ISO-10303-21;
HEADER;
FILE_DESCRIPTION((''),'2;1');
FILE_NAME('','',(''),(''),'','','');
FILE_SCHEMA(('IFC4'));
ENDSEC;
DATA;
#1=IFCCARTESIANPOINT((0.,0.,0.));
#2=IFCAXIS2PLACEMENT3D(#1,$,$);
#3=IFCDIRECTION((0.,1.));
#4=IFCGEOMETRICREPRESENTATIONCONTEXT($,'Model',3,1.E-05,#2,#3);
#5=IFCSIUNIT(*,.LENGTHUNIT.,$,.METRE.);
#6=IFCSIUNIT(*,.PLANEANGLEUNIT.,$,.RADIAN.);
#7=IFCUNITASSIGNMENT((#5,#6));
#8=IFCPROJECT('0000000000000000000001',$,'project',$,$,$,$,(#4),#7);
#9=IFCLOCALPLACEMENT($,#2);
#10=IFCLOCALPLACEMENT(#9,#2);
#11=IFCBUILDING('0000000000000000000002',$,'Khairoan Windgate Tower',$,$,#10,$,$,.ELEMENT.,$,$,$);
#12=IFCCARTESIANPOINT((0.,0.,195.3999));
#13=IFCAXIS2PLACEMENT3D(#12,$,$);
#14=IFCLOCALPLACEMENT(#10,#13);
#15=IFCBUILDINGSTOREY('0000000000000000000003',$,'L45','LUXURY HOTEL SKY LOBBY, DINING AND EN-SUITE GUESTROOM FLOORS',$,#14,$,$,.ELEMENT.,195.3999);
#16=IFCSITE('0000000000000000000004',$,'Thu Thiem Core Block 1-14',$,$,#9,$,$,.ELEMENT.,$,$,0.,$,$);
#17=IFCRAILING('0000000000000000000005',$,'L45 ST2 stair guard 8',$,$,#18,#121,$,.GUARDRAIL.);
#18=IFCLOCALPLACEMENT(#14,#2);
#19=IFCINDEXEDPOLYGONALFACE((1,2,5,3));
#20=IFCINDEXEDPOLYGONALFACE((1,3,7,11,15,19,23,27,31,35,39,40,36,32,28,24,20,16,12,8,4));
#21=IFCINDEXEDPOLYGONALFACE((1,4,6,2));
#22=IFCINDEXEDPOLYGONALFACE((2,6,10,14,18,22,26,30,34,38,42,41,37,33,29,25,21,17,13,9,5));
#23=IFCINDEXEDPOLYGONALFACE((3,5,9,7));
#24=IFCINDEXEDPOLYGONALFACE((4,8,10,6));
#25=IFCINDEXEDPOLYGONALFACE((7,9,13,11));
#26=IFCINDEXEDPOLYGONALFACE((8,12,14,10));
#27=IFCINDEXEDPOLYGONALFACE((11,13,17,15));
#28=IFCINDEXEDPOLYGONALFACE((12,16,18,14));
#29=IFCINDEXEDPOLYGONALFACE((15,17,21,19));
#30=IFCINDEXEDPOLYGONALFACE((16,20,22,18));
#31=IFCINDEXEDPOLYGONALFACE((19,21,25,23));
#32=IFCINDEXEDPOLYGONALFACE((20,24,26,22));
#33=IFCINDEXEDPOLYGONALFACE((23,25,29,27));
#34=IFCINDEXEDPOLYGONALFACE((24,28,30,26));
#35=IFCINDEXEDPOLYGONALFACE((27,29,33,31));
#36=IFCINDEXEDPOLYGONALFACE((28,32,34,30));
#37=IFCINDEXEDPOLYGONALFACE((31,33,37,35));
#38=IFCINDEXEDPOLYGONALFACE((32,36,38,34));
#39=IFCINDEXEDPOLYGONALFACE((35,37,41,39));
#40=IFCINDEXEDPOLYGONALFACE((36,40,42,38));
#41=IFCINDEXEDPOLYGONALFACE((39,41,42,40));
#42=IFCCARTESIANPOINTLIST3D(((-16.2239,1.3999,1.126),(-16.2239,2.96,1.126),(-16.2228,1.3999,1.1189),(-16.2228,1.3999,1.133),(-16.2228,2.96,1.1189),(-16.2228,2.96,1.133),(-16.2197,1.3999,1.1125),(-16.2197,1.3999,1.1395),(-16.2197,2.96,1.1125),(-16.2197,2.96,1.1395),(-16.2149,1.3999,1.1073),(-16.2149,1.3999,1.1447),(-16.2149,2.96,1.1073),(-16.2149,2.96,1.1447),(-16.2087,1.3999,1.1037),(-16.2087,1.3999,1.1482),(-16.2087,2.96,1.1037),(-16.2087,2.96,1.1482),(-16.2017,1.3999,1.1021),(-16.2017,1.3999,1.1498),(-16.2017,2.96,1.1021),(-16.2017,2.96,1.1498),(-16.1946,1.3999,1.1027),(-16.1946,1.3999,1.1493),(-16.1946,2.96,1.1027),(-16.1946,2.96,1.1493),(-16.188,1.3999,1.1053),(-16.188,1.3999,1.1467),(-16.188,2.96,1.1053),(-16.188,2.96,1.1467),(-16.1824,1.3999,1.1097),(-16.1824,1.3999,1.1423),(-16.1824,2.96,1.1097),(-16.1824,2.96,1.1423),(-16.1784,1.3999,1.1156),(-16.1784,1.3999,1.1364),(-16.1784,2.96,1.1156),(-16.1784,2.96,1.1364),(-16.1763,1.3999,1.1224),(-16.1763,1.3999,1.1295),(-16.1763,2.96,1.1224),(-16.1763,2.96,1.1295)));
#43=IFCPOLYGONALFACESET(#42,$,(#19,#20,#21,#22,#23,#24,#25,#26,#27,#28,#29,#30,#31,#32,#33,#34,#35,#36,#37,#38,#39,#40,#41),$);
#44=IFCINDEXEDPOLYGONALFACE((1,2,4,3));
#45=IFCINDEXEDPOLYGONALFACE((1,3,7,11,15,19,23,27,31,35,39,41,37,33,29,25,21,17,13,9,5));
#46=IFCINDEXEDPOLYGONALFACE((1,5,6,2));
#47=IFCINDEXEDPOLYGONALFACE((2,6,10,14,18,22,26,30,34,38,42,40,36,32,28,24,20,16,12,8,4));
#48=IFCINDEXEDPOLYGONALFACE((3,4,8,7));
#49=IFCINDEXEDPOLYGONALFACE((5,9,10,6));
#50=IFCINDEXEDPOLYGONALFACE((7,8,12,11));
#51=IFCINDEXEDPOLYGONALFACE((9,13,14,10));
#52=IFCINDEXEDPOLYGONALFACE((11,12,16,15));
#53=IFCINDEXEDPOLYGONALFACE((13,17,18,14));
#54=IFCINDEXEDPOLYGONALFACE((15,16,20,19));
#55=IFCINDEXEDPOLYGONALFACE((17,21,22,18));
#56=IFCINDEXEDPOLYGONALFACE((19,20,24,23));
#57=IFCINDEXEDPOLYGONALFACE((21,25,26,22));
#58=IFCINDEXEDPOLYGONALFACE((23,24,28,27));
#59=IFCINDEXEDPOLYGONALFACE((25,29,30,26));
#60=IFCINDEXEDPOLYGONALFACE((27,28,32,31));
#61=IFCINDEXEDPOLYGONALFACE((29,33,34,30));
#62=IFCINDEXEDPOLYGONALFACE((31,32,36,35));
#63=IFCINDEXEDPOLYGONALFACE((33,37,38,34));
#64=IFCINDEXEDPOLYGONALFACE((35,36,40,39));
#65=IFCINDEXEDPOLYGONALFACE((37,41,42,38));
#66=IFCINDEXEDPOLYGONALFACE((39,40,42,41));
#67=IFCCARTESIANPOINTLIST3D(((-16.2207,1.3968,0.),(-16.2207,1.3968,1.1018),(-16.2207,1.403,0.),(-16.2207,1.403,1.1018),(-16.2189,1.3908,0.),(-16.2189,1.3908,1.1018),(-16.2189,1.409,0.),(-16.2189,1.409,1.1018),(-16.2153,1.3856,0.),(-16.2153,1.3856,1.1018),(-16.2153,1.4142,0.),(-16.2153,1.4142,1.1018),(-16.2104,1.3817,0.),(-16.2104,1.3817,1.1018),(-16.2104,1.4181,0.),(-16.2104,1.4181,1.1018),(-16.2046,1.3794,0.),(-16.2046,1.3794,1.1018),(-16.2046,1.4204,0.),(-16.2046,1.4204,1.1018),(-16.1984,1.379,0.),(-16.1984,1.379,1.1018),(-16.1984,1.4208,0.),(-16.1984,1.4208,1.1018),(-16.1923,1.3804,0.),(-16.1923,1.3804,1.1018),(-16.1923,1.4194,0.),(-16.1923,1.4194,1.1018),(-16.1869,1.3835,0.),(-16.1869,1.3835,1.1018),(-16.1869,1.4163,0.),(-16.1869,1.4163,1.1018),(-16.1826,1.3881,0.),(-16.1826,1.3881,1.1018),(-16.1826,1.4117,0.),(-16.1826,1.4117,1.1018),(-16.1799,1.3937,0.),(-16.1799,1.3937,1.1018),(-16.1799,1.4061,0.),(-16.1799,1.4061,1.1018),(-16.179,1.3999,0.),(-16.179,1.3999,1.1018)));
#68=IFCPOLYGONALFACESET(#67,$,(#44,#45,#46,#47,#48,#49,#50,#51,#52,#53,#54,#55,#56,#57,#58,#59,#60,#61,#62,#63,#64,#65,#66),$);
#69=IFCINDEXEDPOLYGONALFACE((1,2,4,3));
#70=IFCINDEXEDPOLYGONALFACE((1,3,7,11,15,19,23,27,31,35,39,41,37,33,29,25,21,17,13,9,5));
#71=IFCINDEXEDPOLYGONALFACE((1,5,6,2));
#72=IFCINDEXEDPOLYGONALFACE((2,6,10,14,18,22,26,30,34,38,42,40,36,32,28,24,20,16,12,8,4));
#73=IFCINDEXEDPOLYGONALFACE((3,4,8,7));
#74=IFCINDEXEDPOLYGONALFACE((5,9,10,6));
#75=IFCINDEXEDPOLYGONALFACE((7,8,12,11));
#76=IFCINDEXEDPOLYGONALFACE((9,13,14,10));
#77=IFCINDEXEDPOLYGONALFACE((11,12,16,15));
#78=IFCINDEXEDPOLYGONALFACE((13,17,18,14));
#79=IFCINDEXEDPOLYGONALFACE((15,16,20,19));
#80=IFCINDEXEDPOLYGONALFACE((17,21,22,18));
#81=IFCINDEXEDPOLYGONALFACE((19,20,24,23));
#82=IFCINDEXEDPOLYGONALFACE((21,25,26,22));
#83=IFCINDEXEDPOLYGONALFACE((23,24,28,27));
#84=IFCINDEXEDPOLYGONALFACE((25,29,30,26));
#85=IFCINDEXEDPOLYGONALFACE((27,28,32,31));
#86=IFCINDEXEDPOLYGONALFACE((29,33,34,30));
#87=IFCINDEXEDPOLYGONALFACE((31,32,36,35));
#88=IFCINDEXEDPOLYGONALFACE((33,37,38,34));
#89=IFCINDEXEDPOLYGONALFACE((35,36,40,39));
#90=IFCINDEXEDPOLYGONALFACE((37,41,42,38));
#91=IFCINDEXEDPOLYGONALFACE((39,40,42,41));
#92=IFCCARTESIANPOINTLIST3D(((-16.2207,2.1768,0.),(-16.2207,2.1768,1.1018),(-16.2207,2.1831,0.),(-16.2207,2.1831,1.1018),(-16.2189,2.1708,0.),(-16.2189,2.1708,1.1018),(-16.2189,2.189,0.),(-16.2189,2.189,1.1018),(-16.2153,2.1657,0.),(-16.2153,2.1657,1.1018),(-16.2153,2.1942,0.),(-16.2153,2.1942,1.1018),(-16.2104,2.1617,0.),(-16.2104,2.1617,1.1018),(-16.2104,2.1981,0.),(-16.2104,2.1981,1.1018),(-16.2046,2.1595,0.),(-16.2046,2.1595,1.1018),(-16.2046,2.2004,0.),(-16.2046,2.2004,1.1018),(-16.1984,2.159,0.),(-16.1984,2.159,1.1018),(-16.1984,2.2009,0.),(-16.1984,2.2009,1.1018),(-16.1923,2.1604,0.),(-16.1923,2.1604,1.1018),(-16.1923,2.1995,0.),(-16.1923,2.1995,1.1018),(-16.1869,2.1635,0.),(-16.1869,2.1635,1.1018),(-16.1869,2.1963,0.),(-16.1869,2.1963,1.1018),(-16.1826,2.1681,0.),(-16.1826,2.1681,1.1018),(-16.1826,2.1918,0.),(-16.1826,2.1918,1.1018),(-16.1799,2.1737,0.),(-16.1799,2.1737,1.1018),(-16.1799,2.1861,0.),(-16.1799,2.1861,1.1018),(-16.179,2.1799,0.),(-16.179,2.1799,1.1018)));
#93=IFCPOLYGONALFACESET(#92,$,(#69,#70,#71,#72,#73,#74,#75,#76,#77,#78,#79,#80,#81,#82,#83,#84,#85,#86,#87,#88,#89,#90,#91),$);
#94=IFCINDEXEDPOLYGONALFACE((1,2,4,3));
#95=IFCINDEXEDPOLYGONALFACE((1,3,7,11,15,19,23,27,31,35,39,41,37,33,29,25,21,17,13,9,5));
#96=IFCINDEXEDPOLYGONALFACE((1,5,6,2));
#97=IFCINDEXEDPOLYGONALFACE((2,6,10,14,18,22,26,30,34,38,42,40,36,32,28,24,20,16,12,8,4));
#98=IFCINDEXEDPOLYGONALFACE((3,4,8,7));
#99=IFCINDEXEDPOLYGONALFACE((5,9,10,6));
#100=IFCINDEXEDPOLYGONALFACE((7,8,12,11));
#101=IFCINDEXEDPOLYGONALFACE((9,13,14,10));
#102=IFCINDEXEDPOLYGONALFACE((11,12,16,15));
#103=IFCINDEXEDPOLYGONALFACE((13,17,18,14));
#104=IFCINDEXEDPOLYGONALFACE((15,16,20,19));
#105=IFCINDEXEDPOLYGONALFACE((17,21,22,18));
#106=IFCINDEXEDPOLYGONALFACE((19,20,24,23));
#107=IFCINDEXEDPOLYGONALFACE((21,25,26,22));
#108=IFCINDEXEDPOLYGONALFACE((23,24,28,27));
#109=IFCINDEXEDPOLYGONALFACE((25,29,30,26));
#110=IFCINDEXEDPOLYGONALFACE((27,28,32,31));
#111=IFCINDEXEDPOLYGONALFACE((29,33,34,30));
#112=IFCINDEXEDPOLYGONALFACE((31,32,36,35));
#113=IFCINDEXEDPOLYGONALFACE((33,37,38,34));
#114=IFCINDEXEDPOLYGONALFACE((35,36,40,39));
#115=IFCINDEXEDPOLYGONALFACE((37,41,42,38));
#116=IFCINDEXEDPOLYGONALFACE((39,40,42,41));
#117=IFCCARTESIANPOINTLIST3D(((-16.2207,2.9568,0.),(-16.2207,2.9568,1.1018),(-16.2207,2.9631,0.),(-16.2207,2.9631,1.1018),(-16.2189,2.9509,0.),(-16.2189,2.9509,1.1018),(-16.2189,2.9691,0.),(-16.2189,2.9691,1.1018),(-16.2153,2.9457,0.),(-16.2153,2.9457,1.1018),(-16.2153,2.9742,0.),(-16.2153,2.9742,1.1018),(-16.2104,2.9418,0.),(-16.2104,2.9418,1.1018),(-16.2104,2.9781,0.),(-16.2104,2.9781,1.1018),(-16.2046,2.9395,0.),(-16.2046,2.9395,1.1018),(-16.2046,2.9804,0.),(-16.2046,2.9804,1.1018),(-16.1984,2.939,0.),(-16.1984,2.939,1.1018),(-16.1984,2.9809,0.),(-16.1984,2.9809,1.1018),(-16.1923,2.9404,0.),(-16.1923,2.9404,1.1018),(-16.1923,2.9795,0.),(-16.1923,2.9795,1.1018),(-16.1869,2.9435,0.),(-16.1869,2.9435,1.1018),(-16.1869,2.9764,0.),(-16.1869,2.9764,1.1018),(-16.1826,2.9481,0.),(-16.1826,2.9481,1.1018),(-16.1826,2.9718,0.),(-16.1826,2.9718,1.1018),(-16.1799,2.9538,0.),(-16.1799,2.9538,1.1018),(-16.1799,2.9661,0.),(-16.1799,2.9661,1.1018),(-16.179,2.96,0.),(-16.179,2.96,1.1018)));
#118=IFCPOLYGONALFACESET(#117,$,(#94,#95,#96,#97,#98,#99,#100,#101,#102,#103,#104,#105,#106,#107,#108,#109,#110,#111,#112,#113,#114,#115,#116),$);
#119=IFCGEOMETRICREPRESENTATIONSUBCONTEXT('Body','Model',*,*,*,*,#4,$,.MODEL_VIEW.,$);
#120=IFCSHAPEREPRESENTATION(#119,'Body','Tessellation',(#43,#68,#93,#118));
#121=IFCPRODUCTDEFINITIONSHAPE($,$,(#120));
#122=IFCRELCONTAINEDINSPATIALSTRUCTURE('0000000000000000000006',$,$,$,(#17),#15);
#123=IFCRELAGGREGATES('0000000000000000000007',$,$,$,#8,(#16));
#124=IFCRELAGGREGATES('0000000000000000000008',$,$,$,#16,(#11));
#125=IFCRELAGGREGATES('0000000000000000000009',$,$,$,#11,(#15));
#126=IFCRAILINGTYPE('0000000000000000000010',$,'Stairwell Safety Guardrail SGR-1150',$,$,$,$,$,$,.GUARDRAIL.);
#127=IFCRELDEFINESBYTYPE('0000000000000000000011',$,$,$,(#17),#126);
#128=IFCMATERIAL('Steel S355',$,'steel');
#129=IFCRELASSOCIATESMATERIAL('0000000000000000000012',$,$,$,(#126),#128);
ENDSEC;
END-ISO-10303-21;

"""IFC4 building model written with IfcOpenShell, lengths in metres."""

from ifc_helpers import new_model, si_unit, direction, frame, origin, origin_2d, place, context, subcontext, project, spatial, circle, extrude, material, type_object, element, save


model = new_model("IFC4")

# Units and contexts
model_context = context("Model", 3, precision=1e-05, world=origin(), true_north=direction((0.0, 1.0)))
body_context = subcontext(model_context, "Body", "Model", "MODEL_VIEW")
ifc_project = project(units=[si_unit("LENGTHUNIT", "METRE"), si_unit("PLANEANGLEUNIT", "RADIAN")], contexts=[model_context])

# Site, building, storey
site_placement = place(None, origin())
site = spatial("IfcSite", under=ifc_project, at=site_placement, Name="Thu Thiem Core Block 1-14", CompositionType="ELEMENT", RefElevation=0.0)
building_placement = place(site_placement, origin())
building = spatial("IfcBuilding", under=site, at=building_placement, Name="Khairoan Windgate Tower", CompositionType="ELEMENT")
storey_placement = place(building_placement, frame((0.0, 0.0, 195.3999)))
storey = spatial("IfcBuildingStorey", under=building, at=storey_placement, Name="L45", Description="LUXURY HOTEL SKY LOBBY, DINING AND EN-SUITE GUESTROOM FLOORS", CompositionType="ELEMENT", Elevation=195.3999)

# Railing
ifc_material_1 = material(Name="Steel S355", Category="steel")
railing_type_1 = type_object("IfcRailingType", Name="Stairwell Safety Guardrail SGR-1150", PredefinedType="GUARDRAIL", material=ifc_material_1)
railing_1_placement = place(storey_placement, frame((-16.2, 1.3999, 0.0)))
element("IfcRailing", 1, at=railing_1_placement, inside=storey, type_object=railing_type_1, Name="L45 ST2 stair guard 8", PredefinedType="GUARDRAIL", context=body_context, shape_type="SweptSolid", body=[
    extrude(circle(Radius=0.0239, at=origin_2d()), frame((0.0, 0.0, 1.126), z_axis=(0.0, 1.0, 0.0), x_axis=(-1.0, 0.0, 0.0)), (0.0, 0.0, 1.0), 1.5601),
    extrude(circle(Radius=0.021, at=origin_2d()), origin(), (0.0, 0.0, 1.0), 1.1018),
    extrude(circle(Radius=0.021, at=origin_2d()), frame((0.0, 0.78, 0.0)), (0.0, 0.0, 1.0), 1.1018),
    extrude(circle(Radius=0.021, at=origin_2d()), frame((0.0, 1.5601, 0.0)), (0.0, 0.0, 1.0), 1.1018),
])

save(model, "model.ifc")
